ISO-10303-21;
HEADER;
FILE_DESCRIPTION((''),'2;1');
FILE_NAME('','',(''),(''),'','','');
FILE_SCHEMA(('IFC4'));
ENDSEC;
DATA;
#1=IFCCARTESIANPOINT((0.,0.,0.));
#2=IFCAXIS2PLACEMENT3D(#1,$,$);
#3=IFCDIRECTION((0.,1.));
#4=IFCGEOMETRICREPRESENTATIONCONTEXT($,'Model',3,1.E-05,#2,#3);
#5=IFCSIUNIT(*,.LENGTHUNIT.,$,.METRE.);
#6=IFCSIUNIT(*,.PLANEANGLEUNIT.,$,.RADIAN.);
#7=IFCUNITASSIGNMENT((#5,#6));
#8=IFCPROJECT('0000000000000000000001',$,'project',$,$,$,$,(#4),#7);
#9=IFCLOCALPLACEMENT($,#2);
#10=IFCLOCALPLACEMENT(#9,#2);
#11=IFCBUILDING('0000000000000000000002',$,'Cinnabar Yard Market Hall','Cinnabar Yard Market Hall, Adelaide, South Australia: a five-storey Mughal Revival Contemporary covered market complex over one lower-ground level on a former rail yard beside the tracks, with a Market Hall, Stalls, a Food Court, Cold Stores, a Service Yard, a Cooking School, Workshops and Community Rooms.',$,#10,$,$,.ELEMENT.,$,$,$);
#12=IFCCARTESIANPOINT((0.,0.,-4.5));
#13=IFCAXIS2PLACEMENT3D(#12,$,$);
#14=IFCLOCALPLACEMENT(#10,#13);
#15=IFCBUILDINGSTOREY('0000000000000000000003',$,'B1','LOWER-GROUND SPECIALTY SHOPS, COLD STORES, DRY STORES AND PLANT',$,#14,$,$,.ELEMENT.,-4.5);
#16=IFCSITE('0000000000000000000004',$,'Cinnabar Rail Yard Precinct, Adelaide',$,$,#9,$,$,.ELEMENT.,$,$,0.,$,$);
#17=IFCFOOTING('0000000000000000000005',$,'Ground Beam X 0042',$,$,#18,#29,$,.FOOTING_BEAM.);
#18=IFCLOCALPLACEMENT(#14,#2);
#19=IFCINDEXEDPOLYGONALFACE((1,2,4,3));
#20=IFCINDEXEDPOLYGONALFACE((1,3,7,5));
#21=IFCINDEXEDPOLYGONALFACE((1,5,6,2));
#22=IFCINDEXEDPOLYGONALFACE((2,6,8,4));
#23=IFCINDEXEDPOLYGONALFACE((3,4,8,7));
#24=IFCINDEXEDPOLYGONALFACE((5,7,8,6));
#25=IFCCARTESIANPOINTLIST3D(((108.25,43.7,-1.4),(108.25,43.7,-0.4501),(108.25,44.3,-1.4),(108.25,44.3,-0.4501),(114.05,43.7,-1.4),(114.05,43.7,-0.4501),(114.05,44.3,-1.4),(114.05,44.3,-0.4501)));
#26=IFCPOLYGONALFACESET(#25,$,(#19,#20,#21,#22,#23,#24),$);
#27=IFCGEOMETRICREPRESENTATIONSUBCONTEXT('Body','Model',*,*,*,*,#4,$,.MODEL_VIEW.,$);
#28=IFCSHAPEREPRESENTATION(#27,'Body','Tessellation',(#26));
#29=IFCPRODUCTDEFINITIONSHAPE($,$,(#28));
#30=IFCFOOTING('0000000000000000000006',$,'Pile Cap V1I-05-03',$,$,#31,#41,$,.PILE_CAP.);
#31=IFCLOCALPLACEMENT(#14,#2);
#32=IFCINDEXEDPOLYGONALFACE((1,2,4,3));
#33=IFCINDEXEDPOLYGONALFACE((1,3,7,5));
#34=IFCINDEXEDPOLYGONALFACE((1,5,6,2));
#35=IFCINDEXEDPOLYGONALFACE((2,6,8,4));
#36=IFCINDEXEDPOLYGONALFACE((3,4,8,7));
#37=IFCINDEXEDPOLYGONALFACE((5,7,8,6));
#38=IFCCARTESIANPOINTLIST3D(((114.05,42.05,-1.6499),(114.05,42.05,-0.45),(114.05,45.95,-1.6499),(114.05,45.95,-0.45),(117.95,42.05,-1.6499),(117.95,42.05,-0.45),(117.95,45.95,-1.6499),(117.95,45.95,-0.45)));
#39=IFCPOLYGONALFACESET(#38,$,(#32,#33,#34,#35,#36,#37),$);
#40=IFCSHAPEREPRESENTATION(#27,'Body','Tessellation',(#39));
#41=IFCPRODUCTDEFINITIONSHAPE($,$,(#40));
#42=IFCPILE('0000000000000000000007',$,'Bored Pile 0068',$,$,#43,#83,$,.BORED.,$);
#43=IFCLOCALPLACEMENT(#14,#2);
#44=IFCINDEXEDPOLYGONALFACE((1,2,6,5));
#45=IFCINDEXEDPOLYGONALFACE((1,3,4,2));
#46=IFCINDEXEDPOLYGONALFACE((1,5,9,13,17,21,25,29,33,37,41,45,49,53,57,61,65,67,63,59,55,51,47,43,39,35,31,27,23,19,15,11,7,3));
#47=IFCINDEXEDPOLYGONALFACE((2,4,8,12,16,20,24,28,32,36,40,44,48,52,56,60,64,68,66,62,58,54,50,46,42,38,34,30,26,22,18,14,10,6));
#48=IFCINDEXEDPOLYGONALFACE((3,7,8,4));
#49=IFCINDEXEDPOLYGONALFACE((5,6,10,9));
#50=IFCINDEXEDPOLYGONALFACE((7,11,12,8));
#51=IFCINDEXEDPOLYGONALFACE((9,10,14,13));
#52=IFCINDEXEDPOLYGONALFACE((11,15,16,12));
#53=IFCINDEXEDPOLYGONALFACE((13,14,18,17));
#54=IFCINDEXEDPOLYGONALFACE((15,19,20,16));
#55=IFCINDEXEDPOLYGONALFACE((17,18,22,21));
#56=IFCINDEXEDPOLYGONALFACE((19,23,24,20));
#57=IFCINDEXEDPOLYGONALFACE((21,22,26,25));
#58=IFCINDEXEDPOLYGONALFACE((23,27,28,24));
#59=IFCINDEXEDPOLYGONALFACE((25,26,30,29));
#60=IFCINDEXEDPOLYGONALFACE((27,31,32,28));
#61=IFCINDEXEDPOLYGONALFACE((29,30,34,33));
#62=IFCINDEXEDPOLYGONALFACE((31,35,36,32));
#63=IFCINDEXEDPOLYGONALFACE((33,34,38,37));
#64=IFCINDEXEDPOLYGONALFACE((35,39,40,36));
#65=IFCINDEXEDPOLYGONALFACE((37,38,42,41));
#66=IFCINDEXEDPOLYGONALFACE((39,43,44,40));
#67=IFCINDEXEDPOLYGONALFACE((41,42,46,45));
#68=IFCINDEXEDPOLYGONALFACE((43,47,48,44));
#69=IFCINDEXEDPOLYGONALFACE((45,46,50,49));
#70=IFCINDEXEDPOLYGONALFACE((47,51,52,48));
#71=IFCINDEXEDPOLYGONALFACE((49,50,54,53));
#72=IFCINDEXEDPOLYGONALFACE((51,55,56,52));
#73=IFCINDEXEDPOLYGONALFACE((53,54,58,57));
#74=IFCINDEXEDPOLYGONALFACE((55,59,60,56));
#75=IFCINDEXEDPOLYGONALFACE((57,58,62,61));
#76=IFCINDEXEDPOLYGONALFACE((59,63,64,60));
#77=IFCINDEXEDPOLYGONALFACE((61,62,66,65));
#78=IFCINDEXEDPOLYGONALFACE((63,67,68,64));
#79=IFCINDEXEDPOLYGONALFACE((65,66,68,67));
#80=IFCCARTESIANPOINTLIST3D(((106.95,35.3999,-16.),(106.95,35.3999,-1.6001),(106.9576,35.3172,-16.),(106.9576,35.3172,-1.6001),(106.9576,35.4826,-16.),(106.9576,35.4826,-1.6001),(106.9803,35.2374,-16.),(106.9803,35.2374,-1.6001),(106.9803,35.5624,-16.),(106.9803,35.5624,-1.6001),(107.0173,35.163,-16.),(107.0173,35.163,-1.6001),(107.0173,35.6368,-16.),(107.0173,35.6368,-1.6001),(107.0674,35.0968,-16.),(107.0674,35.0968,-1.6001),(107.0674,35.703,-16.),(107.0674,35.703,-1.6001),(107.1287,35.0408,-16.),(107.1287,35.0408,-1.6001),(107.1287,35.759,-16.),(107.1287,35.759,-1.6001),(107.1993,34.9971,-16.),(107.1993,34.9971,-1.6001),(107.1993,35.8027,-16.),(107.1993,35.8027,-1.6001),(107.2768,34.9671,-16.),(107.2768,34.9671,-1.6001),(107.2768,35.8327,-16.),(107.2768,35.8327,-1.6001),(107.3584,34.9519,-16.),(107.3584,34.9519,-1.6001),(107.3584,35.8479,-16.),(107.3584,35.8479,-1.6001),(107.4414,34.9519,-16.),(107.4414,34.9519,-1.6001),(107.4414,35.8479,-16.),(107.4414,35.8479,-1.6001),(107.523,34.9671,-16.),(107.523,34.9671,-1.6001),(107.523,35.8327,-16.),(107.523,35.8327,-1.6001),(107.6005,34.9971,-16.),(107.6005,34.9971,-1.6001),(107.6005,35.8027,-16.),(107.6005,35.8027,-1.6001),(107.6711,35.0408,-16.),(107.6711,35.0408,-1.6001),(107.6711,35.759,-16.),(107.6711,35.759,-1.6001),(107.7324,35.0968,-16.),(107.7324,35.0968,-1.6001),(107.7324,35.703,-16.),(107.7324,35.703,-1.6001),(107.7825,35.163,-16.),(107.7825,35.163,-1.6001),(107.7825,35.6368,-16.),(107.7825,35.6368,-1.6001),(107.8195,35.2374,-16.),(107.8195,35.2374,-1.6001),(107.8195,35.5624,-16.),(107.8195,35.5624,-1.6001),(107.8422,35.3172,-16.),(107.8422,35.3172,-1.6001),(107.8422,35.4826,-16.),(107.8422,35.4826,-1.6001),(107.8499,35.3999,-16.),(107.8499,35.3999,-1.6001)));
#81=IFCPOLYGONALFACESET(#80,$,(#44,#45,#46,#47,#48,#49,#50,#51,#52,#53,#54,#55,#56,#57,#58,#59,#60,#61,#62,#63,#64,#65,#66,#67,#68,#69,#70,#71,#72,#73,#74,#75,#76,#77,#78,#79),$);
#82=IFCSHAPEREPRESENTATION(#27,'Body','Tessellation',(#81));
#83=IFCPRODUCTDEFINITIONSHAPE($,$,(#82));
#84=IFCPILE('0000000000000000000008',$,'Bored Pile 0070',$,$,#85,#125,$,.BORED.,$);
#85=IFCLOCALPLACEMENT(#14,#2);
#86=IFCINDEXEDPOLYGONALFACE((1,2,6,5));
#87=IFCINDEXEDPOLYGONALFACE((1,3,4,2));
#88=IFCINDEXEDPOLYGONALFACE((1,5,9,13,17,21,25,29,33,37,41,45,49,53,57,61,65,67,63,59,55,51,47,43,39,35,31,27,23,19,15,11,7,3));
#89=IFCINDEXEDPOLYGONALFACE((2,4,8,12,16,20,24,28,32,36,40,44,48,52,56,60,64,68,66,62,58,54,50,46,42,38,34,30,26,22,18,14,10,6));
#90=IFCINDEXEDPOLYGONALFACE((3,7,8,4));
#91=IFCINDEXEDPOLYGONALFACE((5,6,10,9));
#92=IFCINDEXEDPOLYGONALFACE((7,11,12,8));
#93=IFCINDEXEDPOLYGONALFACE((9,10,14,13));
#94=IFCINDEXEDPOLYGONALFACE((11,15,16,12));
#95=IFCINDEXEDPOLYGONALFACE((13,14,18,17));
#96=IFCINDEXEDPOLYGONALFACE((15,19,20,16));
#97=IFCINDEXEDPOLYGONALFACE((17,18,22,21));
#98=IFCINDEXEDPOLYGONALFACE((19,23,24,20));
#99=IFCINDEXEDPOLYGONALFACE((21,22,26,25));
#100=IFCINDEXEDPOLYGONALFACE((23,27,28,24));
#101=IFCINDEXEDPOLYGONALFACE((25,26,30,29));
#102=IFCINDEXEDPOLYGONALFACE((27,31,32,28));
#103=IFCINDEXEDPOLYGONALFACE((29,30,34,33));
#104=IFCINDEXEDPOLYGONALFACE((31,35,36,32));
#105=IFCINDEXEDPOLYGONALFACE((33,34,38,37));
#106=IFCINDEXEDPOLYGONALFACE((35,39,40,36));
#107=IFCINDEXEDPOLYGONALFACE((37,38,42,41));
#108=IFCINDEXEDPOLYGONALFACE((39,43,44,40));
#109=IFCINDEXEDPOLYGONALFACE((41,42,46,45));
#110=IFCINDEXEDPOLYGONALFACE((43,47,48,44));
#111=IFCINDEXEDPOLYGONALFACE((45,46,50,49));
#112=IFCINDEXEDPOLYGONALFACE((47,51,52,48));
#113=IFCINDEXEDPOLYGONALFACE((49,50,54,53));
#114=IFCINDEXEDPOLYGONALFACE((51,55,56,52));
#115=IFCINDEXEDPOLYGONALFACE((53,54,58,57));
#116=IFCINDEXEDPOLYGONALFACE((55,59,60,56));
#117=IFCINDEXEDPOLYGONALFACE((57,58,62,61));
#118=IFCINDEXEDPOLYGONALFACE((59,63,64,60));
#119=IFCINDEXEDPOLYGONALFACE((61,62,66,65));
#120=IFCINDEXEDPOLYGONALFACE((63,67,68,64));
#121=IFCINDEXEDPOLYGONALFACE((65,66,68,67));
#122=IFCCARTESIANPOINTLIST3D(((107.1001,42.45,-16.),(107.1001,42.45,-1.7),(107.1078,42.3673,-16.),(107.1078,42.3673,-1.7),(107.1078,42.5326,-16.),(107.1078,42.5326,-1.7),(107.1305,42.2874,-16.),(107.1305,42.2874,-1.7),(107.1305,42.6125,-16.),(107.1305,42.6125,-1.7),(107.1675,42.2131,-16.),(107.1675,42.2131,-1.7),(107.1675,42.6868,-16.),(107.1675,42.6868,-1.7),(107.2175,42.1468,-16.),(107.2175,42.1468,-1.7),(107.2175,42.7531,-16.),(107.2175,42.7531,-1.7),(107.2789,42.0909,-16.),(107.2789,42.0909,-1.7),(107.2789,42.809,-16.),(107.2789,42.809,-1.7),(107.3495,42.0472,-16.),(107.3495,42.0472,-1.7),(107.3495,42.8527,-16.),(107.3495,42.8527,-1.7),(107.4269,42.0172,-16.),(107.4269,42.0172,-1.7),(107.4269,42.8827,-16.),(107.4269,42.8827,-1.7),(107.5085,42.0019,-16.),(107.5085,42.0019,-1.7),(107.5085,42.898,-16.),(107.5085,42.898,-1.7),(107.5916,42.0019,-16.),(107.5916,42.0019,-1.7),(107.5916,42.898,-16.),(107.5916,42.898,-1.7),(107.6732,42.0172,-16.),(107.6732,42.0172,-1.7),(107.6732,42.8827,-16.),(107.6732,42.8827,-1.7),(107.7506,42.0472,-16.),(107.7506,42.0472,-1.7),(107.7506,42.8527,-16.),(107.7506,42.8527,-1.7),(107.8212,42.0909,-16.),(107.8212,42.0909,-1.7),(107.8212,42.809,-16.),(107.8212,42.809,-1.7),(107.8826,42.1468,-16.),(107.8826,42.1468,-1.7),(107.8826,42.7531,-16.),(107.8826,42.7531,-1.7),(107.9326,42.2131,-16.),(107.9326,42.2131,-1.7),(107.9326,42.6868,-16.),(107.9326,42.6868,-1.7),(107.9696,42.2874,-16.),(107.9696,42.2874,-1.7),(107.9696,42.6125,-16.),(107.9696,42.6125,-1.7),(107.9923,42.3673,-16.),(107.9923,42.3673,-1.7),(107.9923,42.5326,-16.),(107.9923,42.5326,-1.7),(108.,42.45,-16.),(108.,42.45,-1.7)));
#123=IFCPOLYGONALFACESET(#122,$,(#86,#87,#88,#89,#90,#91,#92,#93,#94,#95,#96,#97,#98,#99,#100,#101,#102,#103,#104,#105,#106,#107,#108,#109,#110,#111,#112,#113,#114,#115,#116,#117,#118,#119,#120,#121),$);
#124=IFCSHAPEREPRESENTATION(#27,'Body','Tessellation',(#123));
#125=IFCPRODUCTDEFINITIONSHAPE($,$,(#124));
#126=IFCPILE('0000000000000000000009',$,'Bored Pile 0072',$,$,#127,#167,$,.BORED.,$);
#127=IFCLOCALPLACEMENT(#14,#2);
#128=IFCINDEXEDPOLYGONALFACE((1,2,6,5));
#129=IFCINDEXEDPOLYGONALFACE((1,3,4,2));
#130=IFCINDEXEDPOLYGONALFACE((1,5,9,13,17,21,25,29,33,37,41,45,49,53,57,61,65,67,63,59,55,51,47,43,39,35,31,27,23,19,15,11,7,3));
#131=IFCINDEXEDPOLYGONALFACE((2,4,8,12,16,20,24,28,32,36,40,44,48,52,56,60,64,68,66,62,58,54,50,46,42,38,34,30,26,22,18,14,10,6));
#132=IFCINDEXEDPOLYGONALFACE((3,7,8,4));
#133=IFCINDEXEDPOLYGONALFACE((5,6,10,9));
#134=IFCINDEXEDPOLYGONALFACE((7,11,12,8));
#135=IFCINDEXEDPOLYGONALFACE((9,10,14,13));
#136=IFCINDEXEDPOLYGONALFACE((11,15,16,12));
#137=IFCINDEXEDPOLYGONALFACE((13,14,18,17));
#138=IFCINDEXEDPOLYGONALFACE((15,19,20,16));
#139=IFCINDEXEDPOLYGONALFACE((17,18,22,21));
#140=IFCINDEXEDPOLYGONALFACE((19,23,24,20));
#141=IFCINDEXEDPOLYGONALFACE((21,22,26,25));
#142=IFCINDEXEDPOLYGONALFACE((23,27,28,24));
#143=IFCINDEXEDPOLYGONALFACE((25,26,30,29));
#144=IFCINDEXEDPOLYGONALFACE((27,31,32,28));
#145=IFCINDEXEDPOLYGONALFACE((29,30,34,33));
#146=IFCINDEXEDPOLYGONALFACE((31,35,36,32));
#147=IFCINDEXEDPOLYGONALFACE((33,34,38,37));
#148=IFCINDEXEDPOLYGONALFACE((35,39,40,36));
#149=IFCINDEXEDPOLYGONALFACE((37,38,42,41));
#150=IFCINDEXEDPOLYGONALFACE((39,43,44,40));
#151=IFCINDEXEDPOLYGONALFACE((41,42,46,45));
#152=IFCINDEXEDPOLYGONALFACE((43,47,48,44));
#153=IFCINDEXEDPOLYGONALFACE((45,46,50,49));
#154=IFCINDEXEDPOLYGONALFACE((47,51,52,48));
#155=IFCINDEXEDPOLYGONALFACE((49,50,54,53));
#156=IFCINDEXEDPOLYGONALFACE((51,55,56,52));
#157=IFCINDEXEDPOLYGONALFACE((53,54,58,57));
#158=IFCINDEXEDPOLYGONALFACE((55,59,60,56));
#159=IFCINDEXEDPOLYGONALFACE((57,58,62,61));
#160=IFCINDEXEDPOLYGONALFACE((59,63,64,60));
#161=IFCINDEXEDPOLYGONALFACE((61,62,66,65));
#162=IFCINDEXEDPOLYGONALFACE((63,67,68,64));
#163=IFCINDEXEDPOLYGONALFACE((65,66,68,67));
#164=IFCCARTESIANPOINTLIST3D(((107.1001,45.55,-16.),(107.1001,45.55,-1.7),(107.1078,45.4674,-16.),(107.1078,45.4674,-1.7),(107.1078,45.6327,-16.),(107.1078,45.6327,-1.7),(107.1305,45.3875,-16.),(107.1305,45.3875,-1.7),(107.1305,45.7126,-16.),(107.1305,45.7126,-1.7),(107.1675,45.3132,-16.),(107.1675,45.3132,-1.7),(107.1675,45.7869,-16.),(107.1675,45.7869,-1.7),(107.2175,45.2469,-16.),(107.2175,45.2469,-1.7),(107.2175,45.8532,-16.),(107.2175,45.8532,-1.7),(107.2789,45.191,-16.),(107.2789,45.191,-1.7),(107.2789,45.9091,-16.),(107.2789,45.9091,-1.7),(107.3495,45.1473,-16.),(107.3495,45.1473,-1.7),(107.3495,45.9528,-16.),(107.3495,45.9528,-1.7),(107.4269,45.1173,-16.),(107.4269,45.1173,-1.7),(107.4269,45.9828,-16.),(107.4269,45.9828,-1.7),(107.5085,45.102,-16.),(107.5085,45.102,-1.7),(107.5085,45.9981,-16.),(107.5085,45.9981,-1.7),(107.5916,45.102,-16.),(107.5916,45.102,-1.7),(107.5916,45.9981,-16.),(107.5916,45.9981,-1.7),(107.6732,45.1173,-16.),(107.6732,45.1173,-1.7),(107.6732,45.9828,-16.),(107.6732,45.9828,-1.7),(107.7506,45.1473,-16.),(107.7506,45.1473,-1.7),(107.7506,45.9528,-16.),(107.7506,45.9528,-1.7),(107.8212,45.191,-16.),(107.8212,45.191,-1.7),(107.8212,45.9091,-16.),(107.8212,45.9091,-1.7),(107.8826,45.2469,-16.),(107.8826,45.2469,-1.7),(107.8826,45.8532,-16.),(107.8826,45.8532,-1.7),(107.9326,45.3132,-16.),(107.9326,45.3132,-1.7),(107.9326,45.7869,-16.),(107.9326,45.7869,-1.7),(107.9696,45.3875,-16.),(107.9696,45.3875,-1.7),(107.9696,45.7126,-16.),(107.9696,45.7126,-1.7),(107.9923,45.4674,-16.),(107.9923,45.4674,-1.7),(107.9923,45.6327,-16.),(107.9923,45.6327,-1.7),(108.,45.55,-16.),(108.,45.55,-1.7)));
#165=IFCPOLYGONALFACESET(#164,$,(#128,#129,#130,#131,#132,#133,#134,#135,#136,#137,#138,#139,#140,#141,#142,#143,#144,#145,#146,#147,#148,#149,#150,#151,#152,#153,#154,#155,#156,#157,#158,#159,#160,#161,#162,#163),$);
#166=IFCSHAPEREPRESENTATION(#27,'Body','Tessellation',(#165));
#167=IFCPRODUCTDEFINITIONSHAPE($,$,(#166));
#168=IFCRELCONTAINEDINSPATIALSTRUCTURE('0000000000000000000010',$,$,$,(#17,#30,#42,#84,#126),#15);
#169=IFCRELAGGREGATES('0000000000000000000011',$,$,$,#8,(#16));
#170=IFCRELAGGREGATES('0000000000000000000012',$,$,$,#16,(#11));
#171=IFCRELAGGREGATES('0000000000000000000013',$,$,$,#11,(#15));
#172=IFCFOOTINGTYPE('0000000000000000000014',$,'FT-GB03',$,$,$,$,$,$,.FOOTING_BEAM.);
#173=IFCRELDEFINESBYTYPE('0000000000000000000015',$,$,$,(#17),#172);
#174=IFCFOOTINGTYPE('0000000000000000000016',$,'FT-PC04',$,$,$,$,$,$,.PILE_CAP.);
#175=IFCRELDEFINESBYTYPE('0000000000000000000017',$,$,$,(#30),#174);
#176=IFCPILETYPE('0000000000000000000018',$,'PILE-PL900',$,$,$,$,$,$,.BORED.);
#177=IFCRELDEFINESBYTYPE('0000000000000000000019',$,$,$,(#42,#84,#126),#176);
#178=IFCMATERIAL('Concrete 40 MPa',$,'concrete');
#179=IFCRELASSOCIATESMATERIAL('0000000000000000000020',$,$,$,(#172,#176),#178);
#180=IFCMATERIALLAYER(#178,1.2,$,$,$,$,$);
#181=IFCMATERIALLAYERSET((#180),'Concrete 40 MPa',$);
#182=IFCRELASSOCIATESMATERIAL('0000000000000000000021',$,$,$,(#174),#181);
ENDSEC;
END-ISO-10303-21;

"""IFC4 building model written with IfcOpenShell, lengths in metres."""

from ifc_helpers import new_model, si_unit, direction, frame, origin, origin_2d_with_axis, place, context, subcontext, project, spatial, rectangle, circle, extrude, material, layer, layer_set, material_profile, profile_set, type_object, element, save


model = new_model("IFC4")

# Units and contexts
model_context = context("Model", 3, precision=1e-05, world=origin(), true_north=direction((0.0, 1.0)))
body_context = subcontext(model_context, "Body", "Model", "MODEL_VIEW")
ifc_project = project(units=[si_unit("LENGTHUNIT", "METRE"), si_unit("PLANEANGLEUNIT", "RADIAN")], contexts=[model_context])

# Site, building, storey
site_placement = place(None, origin())
site = spatial("IfcSite", under=ifc_project, at=site_placement, Name="Cinnabar Rail Yard Precinct, Adelaide", CompositionType="ELEMENT", RefElevation=0.0)
building_placement = place(site_placement, origin())
building = spatial("IfcBuilding", under=site, at=building_placement, Name="Cinnabar Yard Market Hall", Description="Cinnabar Yard Market Hall, Adelaide, South Australia: a five-storey Mughal Revival Contemporary covered market complex over one lower-ground level on a former rail yard beside the tracks, with a Market Hall, Stalls, a Food Court, Cold Stores, a Service Yard, a Cooking School, Workshops and Community Rooms.", CompositionType="ELEMENT")
storey_placement = place(building_placement, frame((0.0, 0.0, -4.5)))
storey = spatial("IfcBuildingStorey", under=building, at=storey_placement, Name="B1", Description="LOWER-GROUND SPECIALTY SHOPS, COLD STORES, DRY STORES AND PLANT", CompositionType="ELEMENT", Elevation=-4.5)

# Footings
ifc_material_1 = material(Name="Concrete 40 MPa", Category="concrete")
ifc_material_profile_1 = material_profile(ifc_material_1, rectangle(XDim=0.6001, YDim=0.95, at=origin_2d_with_axis()), Name="GB-600x950")
ifc_profile_set_1 = profile_set([ifc_material_profile_1], Name="Concrete 40 MPa")
footing_type_1 = type_object("IfcFootingType", Name="FT-GB03", PredefinedType="FOOTING_BEAM", material=ifc_profile_set_1)
footing_1_placement = place(storey_placement, frame((108.25, 44.0, -0.925), z_axis=(1.0, 0.0, 0.0), x_axis=(0.0, 1.0, 0.0)))
element("IfcFooting", 1, at=footing_1_placement, inside=storey, type_object=footing_type_1, Name="Ground Beam X 0042", PredefinedType="FOOTING_BEAM", context=body_context, shape_type="SweptSolid", body=[
    extrude(rectangle(XDim=0.6001, YDim=0.95, at=origin_2d_with_axis()), origin(), (0.0, 0.0, 1.0), 5.8),
])
ifc_layer_1 = layer(ifc_material_1, 1.2)
ifc_layer_set_1 = layer_set([ifc_layer_1], Name="Concrete 40 MPa")
footing_type_2 = type_object("IfcFootingType", Name="FT-PC04", PredefinedType="PILE_CAP", material=ifc_layer_set_1)
footing_2_placement = place(storey_placement, frame((116.0, 44.0, -1.6499), z_axis=(0.0, 0.0, 1.0), x_axis=(1.0, 0.0, 0.0)))
element("IfcFooting", 2, at=footing_2_placement, inside=storey, type_object=footing_type_2, Name="Pile Cap V1I-05-03", PredefinedType="PILE_CAP", context=body_context, shape_type="SweptSolid", body=[
    extrude(rectangle(XDim=3.8999, YDim=3.8999, at=origin_2d_with_axis()), origin(), (0.0, 0.0, 1.0), 1.2),
])

# Piles
ifc_material_profile_2 = material_profile(ifc_material_1, circle(Radius=0.45, at=origin_2d_with_axis()), Name="PILE-D900")
ifc_profile_set_2 = profile_set([ifc_material_profile_2], Name="Concrete 40 MPa")
pile_type = type_object("IfcPileType", Name="PILE-PL900", PredefinedType="BORED", material=ifc_profile_set_2)
pile_1_placement = place(storey_placement, frame((107.3999, 35.3999, -1.6001), z_axis=(0.0, 0.0, -1.0), x_axis=(1.0, 0.0, 0.0)))
element("IfcPile", 3, at=pile_1_placement, inside=storey, type_object=pile_type, Name="Bored Pile 0068", PredefinedType="BORED", context=body_context, shape_type="SweptSolid", body=[
    extrude(circle(Radius=0.45, at=origin_2d_with_axis()), origin(), (0.0, 0.0, 1.0), 14.3999),
])
for number, where, z_axis, x_axis, name in (
    (4, (107.55, 42.45, -1.7), (0.0, 0.0, -1.0), (1.0, 0.0, 0.0), "Bored Pile 0070"),
    (5, (107.55, 45.55, -1.7), (0.0, 0.0, -1.0), (1.0, 0.0, 0.0), "Bored Pile 0072"),
):
    element("IfcPile", number, at=place(storey_placement, frame(where, z_axis=z_axis, x_axis=x_axis)), inside=storey, type_object=pile_type, Name=name, PredefinedType="BORED", context=body_context, shape_type="SweptSolid", body=[
        extrude(circle(Radius=0.45, at=origin_2d_with_axis()), origin(), (0.0, 0.0, 1.0), 14.3),
    ])

save(model, "model.ifc")
